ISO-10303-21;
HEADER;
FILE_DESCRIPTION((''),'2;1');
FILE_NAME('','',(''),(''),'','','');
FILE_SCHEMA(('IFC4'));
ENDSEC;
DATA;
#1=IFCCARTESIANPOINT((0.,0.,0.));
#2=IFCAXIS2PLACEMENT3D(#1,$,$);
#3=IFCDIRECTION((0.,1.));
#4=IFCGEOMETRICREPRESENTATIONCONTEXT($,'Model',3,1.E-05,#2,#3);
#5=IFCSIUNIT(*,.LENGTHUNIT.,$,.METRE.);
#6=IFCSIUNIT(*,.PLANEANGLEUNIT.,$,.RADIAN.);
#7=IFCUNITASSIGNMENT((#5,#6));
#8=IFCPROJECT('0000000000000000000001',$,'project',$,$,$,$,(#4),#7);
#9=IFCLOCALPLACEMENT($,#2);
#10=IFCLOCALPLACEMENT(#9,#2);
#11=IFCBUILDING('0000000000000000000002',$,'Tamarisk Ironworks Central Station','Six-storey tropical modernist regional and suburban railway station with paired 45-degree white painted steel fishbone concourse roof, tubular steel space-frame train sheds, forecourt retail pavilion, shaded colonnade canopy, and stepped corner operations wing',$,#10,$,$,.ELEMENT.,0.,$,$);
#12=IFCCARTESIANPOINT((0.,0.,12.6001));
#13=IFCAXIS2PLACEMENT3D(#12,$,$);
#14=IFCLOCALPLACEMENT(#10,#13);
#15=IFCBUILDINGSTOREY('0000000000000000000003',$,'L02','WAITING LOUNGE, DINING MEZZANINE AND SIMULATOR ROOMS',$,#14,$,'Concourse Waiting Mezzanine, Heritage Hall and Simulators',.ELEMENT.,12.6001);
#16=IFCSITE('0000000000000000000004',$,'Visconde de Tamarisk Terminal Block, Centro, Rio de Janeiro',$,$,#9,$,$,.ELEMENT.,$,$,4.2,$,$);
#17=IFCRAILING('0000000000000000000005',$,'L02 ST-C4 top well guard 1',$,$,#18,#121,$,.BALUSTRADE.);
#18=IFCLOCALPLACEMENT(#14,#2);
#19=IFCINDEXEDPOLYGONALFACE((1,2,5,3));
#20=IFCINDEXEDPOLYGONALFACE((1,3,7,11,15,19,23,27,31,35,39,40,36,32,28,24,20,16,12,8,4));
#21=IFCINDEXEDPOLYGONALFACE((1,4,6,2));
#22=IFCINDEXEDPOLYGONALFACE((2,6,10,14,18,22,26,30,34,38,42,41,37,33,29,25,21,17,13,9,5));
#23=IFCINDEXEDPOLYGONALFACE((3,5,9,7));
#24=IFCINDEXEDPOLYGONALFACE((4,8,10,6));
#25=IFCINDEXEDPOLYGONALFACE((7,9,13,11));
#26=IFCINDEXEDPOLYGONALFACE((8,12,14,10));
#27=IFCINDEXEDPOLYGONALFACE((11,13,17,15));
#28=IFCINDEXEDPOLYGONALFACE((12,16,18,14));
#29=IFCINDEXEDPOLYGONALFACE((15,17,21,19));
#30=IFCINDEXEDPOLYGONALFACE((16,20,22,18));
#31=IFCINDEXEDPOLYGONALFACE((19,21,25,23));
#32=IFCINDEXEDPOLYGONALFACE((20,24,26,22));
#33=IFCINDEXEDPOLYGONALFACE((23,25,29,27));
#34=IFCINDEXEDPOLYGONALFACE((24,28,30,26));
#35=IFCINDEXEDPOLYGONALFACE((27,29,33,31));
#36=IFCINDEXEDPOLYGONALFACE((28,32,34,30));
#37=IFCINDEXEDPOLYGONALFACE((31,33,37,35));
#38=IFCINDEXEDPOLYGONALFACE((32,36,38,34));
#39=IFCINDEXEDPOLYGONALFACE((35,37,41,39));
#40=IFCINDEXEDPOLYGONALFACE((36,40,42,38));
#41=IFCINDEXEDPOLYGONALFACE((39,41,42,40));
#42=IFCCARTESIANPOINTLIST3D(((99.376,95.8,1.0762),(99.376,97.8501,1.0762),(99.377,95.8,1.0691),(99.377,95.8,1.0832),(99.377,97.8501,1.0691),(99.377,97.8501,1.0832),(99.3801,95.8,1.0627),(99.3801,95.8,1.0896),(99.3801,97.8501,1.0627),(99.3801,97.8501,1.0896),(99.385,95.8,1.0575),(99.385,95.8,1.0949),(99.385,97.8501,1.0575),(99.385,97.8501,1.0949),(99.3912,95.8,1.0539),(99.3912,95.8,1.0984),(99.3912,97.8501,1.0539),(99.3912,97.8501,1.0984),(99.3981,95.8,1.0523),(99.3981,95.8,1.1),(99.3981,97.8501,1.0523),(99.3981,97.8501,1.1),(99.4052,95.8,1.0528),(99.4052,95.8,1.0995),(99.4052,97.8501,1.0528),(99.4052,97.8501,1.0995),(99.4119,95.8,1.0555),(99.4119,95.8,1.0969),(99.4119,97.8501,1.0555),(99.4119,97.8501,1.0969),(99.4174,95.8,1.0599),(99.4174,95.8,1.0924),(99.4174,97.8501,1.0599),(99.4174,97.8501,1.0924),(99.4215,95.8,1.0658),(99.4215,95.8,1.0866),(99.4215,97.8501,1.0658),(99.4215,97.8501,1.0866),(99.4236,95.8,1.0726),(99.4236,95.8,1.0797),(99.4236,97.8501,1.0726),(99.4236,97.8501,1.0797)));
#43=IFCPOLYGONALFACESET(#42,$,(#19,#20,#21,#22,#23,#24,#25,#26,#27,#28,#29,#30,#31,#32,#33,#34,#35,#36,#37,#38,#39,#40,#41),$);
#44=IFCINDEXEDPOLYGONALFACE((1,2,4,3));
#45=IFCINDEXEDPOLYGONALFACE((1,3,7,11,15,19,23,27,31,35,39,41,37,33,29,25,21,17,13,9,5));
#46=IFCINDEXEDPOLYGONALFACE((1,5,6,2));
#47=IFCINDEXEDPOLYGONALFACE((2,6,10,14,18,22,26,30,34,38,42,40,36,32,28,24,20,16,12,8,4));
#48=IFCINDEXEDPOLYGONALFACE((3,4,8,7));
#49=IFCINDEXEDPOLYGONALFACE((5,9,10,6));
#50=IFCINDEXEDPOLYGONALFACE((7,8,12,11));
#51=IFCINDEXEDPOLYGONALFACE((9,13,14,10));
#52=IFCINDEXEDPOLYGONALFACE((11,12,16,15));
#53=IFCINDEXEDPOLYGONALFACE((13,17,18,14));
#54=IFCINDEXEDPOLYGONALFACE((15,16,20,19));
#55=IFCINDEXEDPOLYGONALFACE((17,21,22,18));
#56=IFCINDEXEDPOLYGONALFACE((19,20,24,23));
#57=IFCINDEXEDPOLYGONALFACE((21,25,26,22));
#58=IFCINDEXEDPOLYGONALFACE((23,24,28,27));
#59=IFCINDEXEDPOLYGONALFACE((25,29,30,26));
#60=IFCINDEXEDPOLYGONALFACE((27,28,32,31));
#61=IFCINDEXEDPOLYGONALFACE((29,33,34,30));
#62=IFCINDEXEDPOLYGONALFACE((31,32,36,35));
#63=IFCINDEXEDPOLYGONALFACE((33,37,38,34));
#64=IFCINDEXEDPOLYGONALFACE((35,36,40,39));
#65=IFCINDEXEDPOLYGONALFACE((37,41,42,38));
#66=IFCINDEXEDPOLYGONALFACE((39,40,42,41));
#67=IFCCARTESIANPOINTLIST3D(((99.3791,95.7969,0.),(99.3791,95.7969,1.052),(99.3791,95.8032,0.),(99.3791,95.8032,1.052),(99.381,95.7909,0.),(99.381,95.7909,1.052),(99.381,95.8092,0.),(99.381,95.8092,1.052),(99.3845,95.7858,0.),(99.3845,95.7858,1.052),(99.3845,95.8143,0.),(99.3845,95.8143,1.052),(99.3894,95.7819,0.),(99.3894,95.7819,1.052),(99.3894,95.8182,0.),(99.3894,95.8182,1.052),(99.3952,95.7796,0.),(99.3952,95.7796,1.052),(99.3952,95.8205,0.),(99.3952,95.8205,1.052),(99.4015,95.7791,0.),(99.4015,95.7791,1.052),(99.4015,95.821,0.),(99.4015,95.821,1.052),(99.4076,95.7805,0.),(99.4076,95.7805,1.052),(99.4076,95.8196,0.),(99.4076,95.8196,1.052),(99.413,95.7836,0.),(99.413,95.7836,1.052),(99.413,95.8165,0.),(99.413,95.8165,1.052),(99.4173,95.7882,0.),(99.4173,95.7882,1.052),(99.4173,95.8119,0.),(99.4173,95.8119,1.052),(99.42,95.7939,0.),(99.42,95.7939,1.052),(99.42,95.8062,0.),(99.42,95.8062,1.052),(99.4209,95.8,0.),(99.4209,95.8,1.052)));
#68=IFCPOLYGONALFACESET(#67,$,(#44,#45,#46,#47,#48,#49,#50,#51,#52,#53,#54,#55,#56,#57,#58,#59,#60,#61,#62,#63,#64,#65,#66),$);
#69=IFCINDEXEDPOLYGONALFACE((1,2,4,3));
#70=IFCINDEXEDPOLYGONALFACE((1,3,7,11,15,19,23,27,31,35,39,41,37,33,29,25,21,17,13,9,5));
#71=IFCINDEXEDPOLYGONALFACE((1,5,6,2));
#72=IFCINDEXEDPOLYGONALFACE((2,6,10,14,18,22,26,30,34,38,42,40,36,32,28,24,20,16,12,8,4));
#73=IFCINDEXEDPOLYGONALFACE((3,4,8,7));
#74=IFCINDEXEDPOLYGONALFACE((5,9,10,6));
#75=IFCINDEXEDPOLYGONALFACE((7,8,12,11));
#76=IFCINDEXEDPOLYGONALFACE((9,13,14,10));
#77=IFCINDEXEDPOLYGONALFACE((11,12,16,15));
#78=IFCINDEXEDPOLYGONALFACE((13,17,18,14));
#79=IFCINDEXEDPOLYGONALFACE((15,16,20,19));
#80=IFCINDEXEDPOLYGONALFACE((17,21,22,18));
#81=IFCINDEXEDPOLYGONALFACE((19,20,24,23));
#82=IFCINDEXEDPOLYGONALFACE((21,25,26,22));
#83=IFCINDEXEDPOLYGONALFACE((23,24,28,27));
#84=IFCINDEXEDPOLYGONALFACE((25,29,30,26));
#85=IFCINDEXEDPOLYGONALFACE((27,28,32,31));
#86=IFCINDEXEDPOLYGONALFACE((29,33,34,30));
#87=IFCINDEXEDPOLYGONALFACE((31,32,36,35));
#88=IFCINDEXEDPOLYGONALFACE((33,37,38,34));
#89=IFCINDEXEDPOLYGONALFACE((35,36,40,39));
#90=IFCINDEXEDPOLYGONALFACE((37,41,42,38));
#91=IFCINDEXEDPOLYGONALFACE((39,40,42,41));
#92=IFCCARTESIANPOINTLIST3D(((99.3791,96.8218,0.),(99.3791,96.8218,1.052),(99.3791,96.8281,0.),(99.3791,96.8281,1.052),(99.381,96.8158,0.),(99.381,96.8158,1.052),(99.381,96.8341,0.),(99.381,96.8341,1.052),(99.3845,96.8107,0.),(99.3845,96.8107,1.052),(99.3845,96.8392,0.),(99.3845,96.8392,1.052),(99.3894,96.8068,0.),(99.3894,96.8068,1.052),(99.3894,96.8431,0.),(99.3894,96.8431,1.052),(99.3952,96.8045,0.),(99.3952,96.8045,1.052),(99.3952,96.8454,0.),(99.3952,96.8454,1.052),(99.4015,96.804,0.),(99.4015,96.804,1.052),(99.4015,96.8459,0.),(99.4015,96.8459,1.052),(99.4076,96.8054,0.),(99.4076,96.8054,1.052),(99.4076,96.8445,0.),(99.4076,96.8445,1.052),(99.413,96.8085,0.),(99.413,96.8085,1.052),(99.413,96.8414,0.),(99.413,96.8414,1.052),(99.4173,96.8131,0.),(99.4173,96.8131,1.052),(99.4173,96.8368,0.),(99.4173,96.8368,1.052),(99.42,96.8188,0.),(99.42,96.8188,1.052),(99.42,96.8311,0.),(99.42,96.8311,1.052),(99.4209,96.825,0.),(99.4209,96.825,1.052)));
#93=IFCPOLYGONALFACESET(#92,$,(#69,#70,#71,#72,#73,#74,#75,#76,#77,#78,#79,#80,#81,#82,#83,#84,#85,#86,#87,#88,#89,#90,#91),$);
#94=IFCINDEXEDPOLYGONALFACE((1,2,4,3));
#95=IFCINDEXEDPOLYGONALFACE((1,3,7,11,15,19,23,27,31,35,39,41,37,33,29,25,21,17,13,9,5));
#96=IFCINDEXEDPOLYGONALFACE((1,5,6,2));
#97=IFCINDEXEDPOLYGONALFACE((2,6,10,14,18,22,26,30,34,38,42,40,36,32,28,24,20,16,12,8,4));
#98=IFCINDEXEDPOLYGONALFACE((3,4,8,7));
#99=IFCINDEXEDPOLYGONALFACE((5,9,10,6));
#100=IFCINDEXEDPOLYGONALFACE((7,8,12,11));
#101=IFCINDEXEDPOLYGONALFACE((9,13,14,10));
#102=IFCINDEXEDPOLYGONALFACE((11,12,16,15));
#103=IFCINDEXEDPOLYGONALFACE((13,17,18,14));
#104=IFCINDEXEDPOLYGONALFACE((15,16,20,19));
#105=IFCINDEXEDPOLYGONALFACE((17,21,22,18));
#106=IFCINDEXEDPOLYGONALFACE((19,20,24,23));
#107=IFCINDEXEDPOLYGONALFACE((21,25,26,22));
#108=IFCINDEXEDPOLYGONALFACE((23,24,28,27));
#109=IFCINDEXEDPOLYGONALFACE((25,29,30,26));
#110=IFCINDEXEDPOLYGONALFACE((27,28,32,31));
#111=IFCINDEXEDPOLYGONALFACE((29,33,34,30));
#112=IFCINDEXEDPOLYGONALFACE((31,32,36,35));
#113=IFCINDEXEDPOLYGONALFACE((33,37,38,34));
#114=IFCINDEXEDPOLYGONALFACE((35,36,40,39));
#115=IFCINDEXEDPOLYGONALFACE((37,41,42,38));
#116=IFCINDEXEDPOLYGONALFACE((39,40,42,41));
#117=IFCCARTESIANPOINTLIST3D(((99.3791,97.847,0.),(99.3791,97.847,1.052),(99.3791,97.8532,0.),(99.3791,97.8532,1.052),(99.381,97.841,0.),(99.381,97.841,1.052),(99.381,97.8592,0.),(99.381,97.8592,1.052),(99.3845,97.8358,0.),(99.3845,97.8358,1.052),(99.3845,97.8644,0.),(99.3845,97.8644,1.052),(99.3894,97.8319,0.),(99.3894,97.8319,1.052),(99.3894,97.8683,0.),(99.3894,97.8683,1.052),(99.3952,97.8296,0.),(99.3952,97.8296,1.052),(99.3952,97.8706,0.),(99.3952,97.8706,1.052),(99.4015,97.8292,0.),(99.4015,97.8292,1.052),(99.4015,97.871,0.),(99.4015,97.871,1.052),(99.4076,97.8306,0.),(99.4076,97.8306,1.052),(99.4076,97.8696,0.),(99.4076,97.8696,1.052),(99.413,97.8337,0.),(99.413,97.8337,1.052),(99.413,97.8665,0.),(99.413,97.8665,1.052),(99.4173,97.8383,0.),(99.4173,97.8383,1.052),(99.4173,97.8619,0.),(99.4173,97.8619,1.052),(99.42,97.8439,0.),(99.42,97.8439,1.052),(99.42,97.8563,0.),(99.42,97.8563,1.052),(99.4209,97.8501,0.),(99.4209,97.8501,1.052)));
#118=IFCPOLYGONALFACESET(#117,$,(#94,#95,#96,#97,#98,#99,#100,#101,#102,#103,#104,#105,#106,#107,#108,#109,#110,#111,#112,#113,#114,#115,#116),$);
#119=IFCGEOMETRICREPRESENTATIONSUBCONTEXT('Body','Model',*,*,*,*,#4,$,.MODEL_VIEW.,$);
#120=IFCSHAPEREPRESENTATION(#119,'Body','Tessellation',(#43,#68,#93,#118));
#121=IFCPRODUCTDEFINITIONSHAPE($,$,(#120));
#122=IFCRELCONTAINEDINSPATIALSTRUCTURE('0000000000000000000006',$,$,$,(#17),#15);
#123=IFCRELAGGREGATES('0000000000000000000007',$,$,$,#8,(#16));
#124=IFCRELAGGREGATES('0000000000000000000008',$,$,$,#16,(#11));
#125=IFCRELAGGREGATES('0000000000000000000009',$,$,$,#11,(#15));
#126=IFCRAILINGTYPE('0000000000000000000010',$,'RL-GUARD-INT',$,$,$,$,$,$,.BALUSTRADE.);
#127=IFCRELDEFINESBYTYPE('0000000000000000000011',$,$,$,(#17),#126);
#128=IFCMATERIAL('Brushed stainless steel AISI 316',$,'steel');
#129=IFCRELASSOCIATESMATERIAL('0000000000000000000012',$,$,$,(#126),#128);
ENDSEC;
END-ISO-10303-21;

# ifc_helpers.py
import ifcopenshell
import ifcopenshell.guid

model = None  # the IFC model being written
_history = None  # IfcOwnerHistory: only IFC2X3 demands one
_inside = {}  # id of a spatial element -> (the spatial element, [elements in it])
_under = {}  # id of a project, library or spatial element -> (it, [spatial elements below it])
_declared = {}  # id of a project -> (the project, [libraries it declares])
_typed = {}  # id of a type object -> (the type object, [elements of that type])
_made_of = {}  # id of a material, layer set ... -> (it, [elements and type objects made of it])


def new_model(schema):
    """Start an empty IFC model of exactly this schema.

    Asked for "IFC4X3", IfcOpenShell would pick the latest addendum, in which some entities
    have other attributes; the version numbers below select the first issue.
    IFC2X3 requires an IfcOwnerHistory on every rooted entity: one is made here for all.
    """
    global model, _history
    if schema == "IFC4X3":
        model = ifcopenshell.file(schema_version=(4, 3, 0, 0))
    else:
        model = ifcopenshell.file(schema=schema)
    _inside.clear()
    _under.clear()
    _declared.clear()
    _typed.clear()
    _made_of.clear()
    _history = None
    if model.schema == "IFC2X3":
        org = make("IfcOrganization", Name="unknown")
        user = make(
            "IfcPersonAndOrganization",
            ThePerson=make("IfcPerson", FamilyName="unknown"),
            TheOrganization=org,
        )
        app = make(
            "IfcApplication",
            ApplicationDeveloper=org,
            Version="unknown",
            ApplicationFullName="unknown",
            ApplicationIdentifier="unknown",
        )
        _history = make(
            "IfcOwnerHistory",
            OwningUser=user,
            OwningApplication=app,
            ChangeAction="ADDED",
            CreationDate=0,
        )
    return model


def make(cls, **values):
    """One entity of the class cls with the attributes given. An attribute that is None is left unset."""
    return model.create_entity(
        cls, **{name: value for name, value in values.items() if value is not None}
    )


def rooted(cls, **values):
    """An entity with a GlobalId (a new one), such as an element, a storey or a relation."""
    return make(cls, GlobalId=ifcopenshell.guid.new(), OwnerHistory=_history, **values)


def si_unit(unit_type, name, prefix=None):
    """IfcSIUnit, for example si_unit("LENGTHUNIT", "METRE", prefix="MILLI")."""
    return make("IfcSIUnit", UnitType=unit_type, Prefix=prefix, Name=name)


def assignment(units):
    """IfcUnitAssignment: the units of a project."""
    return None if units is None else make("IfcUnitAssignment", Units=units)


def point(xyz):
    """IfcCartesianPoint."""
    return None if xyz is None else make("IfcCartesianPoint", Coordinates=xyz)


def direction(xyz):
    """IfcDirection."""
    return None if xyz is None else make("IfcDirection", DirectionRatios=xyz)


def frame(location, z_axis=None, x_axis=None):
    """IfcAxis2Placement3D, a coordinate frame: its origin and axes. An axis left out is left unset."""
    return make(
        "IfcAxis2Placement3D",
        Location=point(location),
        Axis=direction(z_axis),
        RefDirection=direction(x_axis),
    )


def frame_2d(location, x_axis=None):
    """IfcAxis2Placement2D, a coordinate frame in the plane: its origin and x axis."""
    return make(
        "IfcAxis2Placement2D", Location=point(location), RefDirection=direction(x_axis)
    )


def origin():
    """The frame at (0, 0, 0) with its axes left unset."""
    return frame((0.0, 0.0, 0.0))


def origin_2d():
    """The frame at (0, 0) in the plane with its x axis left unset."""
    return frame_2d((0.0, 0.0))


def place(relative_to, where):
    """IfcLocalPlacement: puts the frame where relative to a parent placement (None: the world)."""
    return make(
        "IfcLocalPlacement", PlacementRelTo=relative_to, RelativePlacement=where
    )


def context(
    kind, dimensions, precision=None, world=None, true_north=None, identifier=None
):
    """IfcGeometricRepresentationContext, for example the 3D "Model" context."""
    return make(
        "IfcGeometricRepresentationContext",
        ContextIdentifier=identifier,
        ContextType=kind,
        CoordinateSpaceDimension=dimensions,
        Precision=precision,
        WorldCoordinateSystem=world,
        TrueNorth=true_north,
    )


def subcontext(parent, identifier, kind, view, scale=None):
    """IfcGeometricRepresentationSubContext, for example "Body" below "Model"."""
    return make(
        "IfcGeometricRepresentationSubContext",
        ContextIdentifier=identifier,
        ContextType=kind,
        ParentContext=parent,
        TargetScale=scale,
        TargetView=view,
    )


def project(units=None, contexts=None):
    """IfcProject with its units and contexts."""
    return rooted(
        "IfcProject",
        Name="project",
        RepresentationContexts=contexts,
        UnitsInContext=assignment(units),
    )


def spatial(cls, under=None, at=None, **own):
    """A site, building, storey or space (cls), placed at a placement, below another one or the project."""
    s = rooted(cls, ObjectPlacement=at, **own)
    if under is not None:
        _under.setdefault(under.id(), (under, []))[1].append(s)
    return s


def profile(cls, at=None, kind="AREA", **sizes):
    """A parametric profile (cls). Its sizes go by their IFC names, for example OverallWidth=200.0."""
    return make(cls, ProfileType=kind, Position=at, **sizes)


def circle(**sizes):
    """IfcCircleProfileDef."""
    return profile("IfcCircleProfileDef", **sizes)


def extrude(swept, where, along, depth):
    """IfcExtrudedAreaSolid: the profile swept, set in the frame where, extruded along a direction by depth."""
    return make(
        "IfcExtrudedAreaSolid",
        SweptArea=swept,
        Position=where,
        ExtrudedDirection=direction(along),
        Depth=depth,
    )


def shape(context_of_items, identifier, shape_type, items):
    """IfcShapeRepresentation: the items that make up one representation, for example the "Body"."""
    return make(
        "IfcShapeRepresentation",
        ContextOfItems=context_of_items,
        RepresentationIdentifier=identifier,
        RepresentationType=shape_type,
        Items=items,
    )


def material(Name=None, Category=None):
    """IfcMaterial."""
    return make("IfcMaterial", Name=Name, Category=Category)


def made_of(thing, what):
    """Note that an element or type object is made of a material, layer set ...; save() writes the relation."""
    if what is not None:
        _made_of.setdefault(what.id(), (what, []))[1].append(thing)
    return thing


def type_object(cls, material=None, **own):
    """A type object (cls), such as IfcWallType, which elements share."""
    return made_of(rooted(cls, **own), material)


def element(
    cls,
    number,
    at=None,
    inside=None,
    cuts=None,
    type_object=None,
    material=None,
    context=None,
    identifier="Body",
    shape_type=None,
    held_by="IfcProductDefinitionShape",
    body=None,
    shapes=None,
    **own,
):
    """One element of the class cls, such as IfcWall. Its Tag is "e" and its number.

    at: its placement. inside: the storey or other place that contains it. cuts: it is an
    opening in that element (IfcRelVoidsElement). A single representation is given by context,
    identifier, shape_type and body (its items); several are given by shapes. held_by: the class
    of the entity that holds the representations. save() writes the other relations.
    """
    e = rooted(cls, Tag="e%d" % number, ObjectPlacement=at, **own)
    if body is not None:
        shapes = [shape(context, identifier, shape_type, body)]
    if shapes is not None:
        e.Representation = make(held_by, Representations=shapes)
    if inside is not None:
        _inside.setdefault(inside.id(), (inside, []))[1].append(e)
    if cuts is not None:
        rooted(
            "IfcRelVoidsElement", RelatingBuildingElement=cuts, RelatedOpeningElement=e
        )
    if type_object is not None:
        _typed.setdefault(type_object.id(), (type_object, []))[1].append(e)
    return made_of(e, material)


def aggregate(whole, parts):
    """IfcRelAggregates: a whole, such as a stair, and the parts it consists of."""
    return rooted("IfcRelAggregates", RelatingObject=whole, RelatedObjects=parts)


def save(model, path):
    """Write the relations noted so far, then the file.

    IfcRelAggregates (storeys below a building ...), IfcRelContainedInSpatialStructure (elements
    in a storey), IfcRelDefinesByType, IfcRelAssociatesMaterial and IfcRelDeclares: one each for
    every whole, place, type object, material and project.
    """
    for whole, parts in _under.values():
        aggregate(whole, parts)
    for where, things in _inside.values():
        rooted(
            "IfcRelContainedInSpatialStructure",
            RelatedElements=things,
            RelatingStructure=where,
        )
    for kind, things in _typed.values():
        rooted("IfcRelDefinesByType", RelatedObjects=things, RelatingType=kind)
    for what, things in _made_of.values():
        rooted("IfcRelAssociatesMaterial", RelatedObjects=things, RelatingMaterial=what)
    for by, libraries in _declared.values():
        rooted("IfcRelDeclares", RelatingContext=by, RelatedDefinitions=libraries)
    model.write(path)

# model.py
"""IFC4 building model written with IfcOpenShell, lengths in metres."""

from ifc_helpers import new_model, si_unit, direction, frame, origin, origin_2d, place, context, subcontext, project, spatial, circle, extrude, material, type_object, element, save


model = new_model("IFC4")

# Units and contexts
model_context = context("Model", 3, precision=1e-05, world=origin(), true_north=direction((0.0, 1.0)))
body_context = subcontext(model_context, "Body", "Model", "MODEL_VIEW")
ifc_project = project(units=[si_unit("LENGTHUNIT", "METRE"), si_unit("PLANEANGLEUNIT", "RADIAN")], contexts=[model_context])

# Site, building, storey
site_placement = place(None, origin())
site = spatial("IfcSite", under=ifc_project, at=site_placement, Name="Visconde de Tamarisk Terminal Block, Centro, Rio de Janeiro", CompositionType="ELEMENT", RefElevation=4.2)
building_placement = place(site_placement, origin())
building = spatial("IfcBuilding", under=site, at=building_placement, Name="Tamarisk Ironworks Central Station", Description="Six-storey tropical modernist regional and suburban railway station with paired 45-degree white painted steel fishbone concourse roof, tubular steel space-frame train sheds, forecourt retail pavilion, shaded colonnade canopy, and stepped corner operations wing", CompositionType="ELEMENT", ElevationOfRefHeight=0.0)
storey_placement = place(building_placement, frame((0.0, 0.0, 12.6001)))
storey = spatial("IfcBuildingStorey", under=building, at=storey_placement, Name="L02", Description="WAITING LOUNGE, DINING MEZZANINE AND SIMULATOR ROOMS", LongName="Concourse Waiting Mezzanine, Heritage Hall and Simulators", CompositionType="ELEMENT", Elevation=12.6001)

# Shared definitions
ifc_material_1 = material(Name="Brushed stainless steel AISI 316", Category="steel")

# Railing
railing_type_1 = type_object("IfcRailingType", Name="RL-GUARD-INT", PredefinedType="BALUSTRADE", material=ifc_material_1)
railing_1_placement = place(storey_placement, frame((99.3999, 95.8, 0.0)))
element("IfcRailing", 1, at=railing_1_placement, inside=storey, type_object=railing_type_1, Name="L02 ST-C4 top well guard 1", PredefinedType="BALUSTRADE", context=body_context, shape_type="SweptSolid", body=[
    extrude(circle(Radius=0.0239, at=origin_2d()), frame((0.0, 0.0, 1.0762), z_axis=(0.0, 1.0, 0.0), x_axis=(-1.0, 0.0, 0.0)), (0.0, 0.0, 1.0), 2.05),
    extrude(circle(Radius=0.021, at=origin_2d()), origin(), (0.0, 0.0, 1.0), 1.052),
    extrude(circle(Radius=0.021, at=origin_2d()), frame((0.0, 1.0249, 0.0)), (0.0, 0.0, 1.0), 1.052),
    extrude(circle(Radius=0.021, at=origin_2d()), frame((0.0, 2.05, 0.0)), (0.0, 0.0, 1.0), 1.052),
])

save(model, "model.ifc")
